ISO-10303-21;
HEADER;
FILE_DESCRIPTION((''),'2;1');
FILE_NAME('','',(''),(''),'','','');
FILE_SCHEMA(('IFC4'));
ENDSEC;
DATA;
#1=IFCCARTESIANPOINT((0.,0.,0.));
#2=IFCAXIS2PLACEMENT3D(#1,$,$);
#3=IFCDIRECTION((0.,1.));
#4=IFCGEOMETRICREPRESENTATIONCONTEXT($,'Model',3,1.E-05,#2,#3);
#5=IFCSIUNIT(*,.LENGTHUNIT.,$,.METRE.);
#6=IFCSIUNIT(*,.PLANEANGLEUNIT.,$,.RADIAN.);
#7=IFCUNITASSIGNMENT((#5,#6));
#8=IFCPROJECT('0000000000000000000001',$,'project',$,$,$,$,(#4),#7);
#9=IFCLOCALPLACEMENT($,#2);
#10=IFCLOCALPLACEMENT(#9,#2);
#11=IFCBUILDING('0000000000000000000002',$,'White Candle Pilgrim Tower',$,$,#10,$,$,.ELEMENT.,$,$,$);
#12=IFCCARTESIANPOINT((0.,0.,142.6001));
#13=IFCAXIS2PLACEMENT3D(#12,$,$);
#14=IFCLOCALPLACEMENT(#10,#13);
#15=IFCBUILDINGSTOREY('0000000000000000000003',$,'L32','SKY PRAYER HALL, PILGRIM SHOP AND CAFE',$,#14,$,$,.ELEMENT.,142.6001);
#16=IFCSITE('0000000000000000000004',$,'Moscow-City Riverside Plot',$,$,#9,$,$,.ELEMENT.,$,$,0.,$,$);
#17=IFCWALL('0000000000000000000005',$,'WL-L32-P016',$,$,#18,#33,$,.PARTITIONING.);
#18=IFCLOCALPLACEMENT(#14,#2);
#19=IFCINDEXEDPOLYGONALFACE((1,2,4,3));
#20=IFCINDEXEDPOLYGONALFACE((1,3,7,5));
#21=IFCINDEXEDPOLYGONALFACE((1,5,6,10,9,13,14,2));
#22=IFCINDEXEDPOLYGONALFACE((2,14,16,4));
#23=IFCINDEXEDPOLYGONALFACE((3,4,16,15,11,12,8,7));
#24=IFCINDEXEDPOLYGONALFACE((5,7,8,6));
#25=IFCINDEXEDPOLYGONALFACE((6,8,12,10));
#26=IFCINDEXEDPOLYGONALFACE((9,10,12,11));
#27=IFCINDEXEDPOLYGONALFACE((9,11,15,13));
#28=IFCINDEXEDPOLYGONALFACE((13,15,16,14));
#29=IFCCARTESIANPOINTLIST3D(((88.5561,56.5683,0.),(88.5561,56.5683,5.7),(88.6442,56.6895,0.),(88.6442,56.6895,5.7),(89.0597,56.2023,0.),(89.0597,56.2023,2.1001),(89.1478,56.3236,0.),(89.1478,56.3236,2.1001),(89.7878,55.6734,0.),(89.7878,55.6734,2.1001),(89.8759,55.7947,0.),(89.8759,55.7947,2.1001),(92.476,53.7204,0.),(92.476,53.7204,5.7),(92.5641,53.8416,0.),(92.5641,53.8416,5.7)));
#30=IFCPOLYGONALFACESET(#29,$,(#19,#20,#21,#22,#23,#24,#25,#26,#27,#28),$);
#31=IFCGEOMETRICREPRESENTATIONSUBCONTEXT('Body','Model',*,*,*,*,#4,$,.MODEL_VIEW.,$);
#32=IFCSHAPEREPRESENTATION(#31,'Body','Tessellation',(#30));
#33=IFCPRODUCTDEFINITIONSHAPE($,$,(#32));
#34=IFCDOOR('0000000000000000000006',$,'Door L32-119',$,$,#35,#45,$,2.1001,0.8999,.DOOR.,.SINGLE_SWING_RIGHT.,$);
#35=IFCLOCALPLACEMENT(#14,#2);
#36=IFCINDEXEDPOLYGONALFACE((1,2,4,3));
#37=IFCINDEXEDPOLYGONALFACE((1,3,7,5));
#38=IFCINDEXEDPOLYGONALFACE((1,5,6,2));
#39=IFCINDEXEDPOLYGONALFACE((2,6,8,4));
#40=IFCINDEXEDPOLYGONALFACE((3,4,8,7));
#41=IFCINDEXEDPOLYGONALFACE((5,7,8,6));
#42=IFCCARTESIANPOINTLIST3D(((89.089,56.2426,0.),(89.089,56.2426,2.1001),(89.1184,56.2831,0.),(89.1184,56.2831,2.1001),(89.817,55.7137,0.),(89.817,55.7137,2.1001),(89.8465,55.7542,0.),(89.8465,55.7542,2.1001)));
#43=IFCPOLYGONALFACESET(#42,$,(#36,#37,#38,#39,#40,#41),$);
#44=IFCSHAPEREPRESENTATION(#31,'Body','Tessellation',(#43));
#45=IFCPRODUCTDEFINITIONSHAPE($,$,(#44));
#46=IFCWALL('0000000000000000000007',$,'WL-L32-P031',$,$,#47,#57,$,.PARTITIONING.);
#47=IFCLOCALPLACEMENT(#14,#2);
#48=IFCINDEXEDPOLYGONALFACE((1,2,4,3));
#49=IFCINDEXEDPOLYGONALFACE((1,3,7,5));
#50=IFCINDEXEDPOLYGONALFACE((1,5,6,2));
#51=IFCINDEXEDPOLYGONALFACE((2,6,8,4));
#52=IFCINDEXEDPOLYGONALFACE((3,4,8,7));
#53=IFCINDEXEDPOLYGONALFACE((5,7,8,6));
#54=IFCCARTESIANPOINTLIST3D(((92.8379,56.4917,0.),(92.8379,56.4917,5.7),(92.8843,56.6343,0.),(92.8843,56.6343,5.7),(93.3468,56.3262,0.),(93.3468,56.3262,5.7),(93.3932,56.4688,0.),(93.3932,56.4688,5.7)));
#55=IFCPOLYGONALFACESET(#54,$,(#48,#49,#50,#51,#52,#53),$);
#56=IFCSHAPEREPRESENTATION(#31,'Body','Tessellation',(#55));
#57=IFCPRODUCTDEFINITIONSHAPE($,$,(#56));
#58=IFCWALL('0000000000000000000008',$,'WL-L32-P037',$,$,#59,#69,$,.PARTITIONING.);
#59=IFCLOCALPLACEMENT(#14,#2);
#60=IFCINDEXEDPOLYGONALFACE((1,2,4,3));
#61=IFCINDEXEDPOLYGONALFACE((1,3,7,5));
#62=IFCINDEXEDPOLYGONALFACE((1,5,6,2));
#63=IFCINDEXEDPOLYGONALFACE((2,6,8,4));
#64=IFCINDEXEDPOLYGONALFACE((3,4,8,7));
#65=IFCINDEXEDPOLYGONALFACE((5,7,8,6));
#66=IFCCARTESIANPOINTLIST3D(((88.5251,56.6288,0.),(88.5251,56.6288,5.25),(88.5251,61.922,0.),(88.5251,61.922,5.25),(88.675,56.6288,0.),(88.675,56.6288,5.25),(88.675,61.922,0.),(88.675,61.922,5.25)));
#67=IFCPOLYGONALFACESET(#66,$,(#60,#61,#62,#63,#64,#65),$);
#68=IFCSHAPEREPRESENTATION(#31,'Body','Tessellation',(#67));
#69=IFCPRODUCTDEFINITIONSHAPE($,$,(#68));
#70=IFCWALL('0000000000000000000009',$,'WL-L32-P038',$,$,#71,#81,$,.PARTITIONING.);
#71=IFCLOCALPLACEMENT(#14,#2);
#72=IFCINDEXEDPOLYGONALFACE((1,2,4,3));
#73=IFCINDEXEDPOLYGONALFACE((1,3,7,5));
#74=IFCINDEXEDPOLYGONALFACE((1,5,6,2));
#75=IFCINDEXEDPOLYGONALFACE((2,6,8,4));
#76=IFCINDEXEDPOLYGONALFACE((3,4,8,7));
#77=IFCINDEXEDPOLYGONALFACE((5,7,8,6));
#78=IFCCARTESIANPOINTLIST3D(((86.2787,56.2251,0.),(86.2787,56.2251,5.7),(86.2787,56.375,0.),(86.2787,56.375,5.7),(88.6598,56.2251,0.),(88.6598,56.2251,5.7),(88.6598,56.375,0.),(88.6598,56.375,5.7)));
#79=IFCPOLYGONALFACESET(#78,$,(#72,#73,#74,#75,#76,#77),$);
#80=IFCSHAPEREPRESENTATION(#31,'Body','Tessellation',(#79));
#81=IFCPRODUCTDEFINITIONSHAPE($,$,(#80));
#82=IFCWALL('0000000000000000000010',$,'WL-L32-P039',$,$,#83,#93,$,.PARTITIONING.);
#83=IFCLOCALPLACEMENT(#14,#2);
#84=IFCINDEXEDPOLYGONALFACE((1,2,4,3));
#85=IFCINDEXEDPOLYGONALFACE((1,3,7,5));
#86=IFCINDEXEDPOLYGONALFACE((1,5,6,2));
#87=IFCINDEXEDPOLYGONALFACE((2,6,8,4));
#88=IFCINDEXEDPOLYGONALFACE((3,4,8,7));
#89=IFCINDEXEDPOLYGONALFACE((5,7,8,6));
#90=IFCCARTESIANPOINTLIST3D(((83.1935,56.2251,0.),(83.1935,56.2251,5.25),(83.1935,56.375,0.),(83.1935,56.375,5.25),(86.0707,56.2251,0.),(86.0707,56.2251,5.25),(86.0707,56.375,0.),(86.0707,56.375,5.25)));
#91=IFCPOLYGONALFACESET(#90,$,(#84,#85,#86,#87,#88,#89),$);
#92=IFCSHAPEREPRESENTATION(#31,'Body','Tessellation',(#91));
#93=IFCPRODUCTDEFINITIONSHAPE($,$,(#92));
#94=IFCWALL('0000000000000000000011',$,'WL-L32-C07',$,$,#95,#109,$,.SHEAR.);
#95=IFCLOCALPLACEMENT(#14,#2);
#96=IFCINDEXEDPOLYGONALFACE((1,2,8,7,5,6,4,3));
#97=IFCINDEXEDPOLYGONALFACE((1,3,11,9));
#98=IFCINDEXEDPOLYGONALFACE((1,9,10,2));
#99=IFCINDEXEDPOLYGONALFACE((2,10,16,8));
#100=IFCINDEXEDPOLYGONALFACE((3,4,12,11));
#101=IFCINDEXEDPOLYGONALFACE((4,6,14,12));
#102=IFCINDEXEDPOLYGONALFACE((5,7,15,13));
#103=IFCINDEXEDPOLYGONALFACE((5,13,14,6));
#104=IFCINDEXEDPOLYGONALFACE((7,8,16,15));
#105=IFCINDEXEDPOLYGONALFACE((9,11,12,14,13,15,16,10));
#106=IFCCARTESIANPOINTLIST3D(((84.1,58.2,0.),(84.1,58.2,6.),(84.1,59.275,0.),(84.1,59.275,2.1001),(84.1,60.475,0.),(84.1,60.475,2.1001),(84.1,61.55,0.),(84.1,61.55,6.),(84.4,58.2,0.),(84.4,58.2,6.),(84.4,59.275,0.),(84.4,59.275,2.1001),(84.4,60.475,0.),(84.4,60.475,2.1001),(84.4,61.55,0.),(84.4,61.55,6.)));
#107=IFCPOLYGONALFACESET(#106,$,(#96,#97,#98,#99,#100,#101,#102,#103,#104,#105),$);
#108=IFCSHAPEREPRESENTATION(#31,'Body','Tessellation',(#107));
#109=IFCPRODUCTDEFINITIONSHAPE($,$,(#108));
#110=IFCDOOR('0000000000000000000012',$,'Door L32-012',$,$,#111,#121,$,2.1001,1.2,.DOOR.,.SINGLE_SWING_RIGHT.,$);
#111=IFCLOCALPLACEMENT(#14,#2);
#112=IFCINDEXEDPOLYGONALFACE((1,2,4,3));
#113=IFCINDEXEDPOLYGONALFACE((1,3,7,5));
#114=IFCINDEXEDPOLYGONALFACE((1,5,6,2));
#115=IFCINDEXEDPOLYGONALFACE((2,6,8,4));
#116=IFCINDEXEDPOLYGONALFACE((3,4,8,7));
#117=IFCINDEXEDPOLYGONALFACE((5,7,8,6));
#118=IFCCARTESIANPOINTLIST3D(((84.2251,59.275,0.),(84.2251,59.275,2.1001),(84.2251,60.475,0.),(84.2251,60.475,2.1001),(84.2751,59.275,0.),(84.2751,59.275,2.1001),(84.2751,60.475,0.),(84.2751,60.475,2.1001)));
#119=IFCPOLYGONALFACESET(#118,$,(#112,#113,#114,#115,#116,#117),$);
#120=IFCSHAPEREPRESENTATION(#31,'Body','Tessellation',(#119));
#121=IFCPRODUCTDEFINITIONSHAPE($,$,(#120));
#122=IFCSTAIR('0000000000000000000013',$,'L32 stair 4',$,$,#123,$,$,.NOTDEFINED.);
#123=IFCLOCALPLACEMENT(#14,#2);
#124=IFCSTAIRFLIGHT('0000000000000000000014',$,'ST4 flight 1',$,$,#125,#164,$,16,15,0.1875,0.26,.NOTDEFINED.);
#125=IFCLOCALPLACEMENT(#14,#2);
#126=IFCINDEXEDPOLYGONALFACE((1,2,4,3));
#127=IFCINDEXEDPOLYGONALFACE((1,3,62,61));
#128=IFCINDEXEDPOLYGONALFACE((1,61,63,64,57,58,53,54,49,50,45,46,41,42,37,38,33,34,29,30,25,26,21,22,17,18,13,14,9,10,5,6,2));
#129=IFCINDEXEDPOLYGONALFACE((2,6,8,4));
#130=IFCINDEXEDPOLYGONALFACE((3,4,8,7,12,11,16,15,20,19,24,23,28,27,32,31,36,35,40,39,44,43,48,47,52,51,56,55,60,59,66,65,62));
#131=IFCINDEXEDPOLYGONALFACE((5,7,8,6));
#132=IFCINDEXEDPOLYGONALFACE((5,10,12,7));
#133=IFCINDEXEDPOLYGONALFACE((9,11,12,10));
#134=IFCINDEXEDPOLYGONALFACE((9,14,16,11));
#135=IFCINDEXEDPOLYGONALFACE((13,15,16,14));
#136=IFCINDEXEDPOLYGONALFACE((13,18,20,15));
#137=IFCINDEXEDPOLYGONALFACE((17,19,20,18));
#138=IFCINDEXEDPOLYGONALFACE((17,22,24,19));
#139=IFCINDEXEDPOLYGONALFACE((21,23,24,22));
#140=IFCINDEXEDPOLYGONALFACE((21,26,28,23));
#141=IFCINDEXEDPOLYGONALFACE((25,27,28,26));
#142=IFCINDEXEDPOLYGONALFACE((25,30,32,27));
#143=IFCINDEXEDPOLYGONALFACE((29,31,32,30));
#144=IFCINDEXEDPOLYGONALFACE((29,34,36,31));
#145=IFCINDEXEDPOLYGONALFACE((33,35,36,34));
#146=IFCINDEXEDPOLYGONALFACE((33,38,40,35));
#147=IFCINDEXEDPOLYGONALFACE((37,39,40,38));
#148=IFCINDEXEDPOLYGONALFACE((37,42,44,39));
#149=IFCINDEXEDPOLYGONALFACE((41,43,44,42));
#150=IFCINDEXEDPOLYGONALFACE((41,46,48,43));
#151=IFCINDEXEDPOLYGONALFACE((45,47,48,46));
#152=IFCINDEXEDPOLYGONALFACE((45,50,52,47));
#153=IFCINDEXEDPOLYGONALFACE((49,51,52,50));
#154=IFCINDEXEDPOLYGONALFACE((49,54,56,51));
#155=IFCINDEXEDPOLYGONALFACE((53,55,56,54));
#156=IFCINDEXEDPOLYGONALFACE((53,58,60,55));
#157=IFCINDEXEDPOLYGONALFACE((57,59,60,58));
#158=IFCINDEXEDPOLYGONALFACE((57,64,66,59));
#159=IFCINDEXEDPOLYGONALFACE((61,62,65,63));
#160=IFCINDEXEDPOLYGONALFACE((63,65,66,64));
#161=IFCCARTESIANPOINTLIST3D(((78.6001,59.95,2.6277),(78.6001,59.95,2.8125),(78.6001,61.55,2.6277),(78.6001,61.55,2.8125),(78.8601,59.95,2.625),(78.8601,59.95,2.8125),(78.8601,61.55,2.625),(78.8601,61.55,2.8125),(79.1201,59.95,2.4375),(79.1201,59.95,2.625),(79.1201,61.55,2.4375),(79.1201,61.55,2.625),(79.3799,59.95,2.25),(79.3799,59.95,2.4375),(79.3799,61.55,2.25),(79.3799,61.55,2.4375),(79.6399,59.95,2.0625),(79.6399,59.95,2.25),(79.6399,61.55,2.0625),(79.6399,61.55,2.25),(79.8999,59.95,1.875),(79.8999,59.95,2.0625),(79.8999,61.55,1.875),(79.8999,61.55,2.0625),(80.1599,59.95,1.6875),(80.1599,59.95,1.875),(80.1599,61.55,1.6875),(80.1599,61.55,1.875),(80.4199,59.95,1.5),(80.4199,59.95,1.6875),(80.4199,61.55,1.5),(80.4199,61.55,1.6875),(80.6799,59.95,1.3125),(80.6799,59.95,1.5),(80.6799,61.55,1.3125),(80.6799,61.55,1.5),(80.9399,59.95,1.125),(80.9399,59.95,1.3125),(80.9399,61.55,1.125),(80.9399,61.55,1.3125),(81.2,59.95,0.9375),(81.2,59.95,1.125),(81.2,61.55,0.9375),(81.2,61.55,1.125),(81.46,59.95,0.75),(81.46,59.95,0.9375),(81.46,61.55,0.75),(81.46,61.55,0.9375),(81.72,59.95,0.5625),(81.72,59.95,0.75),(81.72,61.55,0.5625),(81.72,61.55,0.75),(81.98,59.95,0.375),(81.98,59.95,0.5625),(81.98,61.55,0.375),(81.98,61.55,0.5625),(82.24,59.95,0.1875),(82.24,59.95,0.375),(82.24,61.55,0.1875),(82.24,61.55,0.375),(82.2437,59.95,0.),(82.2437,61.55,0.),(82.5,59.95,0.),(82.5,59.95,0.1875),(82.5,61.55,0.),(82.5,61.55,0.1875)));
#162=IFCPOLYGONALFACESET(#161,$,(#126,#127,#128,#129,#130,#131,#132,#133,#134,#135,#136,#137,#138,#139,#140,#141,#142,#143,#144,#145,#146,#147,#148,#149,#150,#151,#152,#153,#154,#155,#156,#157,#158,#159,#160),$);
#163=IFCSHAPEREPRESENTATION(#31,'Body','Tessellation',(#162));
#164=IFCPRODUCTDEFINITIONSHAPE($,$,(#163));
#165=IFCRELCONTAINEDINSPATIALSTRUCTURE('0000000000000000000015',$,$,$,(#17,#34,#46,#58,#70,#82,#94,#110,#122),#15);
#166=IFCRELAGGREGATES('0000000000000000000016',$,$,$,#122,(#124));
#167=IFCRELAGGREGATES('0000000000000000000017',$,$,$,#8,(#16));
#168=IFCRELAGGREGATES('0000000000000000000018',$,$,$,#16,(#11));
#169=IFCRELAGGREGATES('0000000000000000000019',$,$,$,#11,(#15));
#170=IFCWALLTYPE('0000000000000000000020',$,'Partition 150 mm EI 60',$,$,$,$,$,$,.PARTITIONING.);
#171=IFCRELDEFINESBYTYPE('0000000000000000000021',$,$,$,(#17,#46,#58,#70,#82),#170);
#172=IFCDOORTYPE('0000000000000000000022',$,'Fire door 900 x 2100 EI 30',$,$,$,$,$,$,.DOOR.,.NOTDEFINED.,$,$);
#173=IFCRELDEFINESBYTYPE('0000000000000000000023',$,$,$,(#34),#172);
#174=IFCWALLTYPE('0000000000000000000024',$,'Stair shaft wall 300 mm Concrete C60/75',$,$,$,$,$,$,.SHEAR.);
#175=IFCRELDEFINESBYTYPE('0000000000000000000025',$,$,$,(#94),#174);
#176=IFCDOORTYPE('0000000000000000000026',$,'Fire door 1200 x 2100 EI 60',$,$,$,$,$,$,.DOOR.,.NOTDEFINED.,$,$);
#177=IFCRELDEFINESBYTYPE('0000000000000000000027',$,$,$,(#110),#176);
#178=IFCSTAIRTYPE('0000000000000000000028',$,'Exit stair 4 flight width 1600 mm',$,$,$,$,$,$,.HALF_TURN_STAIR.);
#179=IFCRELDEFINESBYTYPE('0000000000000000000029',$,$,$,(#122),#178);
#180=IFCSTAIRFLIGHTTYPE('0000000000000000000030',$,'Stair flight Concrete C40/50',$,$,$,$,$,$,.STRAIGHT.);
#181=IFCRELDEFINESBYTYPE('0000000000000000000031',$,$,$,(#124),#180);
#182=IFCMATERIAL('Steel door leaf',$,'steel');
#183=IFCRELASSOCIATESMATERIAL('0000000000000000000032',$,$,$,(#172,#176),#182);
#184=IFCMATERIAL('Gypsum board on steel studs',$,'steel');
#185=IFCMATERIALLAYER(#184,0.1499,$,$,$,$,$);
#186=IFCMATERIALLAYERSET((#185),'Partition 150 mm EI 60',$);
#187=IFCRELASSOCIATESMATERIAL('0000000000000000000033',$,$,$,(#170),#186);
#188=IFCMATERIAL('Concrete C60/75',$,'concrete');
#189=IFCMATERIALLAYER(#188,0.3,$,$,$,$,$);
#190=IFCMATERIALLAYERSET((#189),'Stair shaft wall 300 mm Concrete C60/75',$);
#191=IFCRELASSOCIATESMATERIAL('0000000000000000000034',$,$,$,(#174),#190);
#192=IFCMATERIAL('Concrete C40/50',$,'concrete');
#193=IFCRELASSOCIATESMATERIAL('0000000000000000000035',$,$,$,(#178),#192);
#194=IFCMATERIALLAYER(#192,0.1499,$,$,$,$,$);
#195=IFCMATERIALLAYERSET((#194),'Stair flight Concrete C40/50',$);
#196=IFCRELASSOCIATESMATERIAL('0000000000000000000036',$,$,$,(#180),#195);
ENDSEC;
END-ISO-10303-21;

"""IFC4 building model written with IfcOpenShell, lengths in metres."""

from ifc_helpers import new_model, si_unit, direction, frame, frame_2d, origin, place, context, subcontext, project, spatial, polyline, rectangle, outline, extrude, material, layer, layer_set, type_object, element, fill, aggregate, save


model = new_model("IFC4")

# Units and contexts
model_context = context("Model", 3, precision=1e-05, world=origin(), true_north=direction((0.0, 1.0)))
body_context = subcontext(model_context, "Body", "Model", "MODEL_VIEW")
ifc_project = project(units=[si_unit("LENGTHUNIT", "METRE"), si_unit("PLANEANGLEUNIT", "RADIAN")], contexts=[model_context])

# Site, building, storey
site_placement = place(None, origin())
site = spatial("IfcSite", under=ifc_project, at=site_placement, Name="Moscow-City Riverside Plot", CompositionType="ELEMENT", RefElevation=0.0)
building_placement = place(site_placement, origin())
building = spatial("IfcBuilding", under=site, at=building_placement, Name="White Candle Pilgrim Tower", CompositionType="ELEMENT")
storey_placement = place(building_placement, frame((0.0, 0.0, 142.6001)))
storey = spatial("IfcBuildingStorey", under=building, at=storey_placement, Name="L32", Description="SKY PRAYER HALL, PILGRIM SHOP AND CAFE", CompositionType="ELEMENT", Elevation=142.6001)

# Shared definitions
ifc_material_1 = material(Name="Concrete C60/75", Category="concrete")

# Shared definitions
ifc_material_2 = material(Name="Gypsum board on steel studs", Category="steel")
ifc_material_3 = material(Name="Steel door leaf", Category="steel")
door_type_1 = type_object("IfcDoorType", Name="Fire door 900 x 2100 EI 30", OperationType="NOTDEFINED", PredefinedType="DOOR", material=ifc_material_3)

# Wall, opening, door
ifc_layer_1 = layer(ifc_material_2, 0.1499)
ifc_layer_set_1 = layer_set([ifc_layer_1], Name="Partition 150 mm EI 60")
wall_type_1 = type_object("IfcWallType", Name="Partition 150 mm EI 60", PredefinedType="PARTITIONING", material=ifc_layer_set_1)
wall_1_placement = place(storey_placement, frame((92.52, 53.781, 0.0), z_axis=(0.0, 0.0, 1.0), x_axis=(-0.809026, 0.587773, 0.0)))
wall_1 = element("IfcWall", 1, at=wall_1_placement, inside=storey, type_object=wall_type_1, Name="WL-L32-P016", PredefinedType="PARTITIONING", context=body_context, shape_type="SweptSolid", body=[
    extrude(rectangle(XDim=4.8452, YDim=0.1499, at=frame_2d((2.4226, 0.0))), origin(), (0.0, 0.0, 1.0), 5.7),
])
opening_1_placement = place(wall_1_placement, frame((3.3228, 0.0, 0.0)))
opening_1 = element("IfcOpeningElement", 2, at=opening_1_placement, cuts=wall_1, PredefinedType="OPENING", context=body_context, shape_type="SweptSolid", body=[
    extrude(rectangle(XDim=0.8999, YDim=2.1001, at=frame_2d((0.45, 1.05))), frame((0.0, 0.085, 0.0), z_axis=(0.0, -1.0, 0.0), x_axis=(1.0, 0.0, 0.0)), (0.0, 0.0, 1.0), 0.1699),
])
door_1_placement = place(opening_1_placement, frame((0.8999, 0.0, 0.0), z_axis=(0.0, 0.0, 1.0), x_axis=(-1.0, 0.0, 0.0)))
door_1 = element("IfcDoor", 3, at=door_1_placement, inside=storey, type_object=door_type_1, Name="Door L32-119", OperationType="SINGLE_SWING_RIGHT", OverallHeight=2.1001, OverallWidth=0.8999, PredefinedType="DOOR", context=body_context, shape_type="SweptSolid", body=[
    extrude(rectangle(XDim=0.8999, YDim=2.1001, at=frame_2d((0.45, 1.05))), frame((0.0, 0.0249, 0.0), z_axis=(0.0, -1.0, 0.0), x_axis=(1.0, 0.0, 0.0)), (0.0, 0.0, 1.0), 0.05),
])
fill(opening_1, door_1)

# Walls
wall_2_placement = place(storey_placement, frame((92.8611, 56.563, 0.0), z_axis=(0.0, 0.0, 1.0), x_axis=(0.950984, -0.309241, 0.0)))
element("IfcWall", 4, at=wall_2_placement, inside=storey, type_object=wall_type_1, Name="WL-L32-P031", PredefinedType="PARTITIONING", context=body_context, shape_type="SweptSolid", body=[
    extrude(rectangle(XDim=0.5352, YDim=0.1499, at=frame_2d((0.2676, 0.0))), origin(), (0.0, 0.0, 1.0), 5.7),
])
wall_3_placement = place(storey_placement, frame((88.6001, 56.6289, 0.0), z_axis=(0.0, 0.0, 1.0), x_axis=(0.0, 1.0, 0.0)))
element("IfcWall", 5, at=wall_3_placement, inside=storey, type_object=wall_type_1, Name="WL-L32-P037", PredefinedType="PARTITIONING", context=body_context, shape_type="SweptSolid", body=[
    extrude(rectangle(XDim=5.2932, YDim=0.1499, at=frame_2d((2.6465, 0.0))), origin(), (0.0, 0.0, 1.0), 5.25),
])
wall_4_placement = place(storey_placement, frame((86.2788, 56.3, 0.0), z_axis=(0.0, 0.0, 1.0), x_axis=(1.0, 0.0, 0.0)))
element("IfcWall", 6, at=wall_4_placement, inside=storey, type_object=wall_type_1, Name="WL-L32-P038", PredefinedType="PARTITIONING", context=body_context, shape_type="SweptSolid", body=[
    extrude(rectangle(XDim=2.3811, YDim=0.1499, at=frame_2d((1.1904, 0.0))), origin(), (0.0, 0.0, 1.0), 5.7),
])
wall_5_placement = place(storey_placement, frame((83.1936, 56.3, 0.0), z_axis=(0.0, 0.0, 1.0), x_axis=(1.0, 0.0, 0.0)))
element("IfcWall", 7, at=wall_5_placement, inside=storey, type_object=wall_type_1, Name="WL-L32-P039", PredefinedType="PARTITIONING", context=body_context, shape_type="SweptSolid", body=[
    extrude(rectangle(XDim=2.8772, YDim=0.1499, at=frame_2d((1.4385, 0.0))), origin(), (0.0, 0.0, 1.0), 5.25),
])

# Wall, opening, door
ifc_layer_2 = layer(ifc_material_1, 0.3)
ifc_layer_set_2 = layer_set([ifc_layer_2], Name="Stair shaft wall 300 mm Concrete C60/75")
wall_type_2 = type_object("IfcWallType", Name="Stair shaft wall 300 mm Concrete C60/75", PredefinedType="SHEAR", material=ifc_layer_set_2)
wall_6_placement = place(storey_placement, frame((84.25, 58.2, 0.0), z_axis=(0.0, 0.0, 1.0), x_axis=(0.0, 1.0, 0.0)))
wall_6 = element("IfcWall", 8, at=wall_6_placement, inside=storey, type_object=wall_type_2, Name="WL-L32-C07", PredefinedType="SHEAR", context=body_context, shape_type="SweptSolid", body=[
    extrude(rectangle(XDim=3.3501, YDim=0.3, at=frame_2d((1.675, 0.0))), origin(), (0.0, 0.0, 1.0), 6.0),
])
opening_2_placement = place(wall_6_placement, frame((1.075, 0.0, 0.0)))
opening_2 = element("IfcOpeningElement", 9, at=opening_2_placement, cuts=wall_6, PredefinedType="OPENING", context=body_context, shape_type="SweptSolid", body=[
    extrude(rectangle(XDim=1.2, YDim=2.1001, at=frame_2d((0.6001, 1.05))), frame((0.0, 0.1599, 0.0), z_axis=(0.0, -1.0, 0.0), x_axis=(1.0, 0.0, 0.0)), (0.0, 0.0, 1.0), 0.3201),
])
door_type_2 = type_object("IfcDoorType", Name="Fire door 1200 x 2100 EI 60", OperationType="NOTDEFINED", PredefinedType="DOOR", material=ifc_material_3)
door_2_placement = place(opening_2_placement, origin())
door_2 = element("IfcDoor", 10, at=door_2_placement, inside=storey, type_object=door_type_2, Name="Door L32-012", OperationType="SINGLE_SWING_RIGHT", OverallHeight=2.1001, OverallWidth=1.2, PredefinedType="DOOR", context=body_context, shape_type="SweptSolid", body=[
    extrude(rectangle(XDim=1.2, YDim=2.1001, at=frame_2d((0.6001, 1.05))), frame((0.0, 0.0249, 0.0), z_axis=(0.0, -1.0, 0.0), x_axis=(1.0, 0.0, 0.0)), (0.0, 0.0, 1.0), 0.05),
])
fill(opening_2, door_2)

# Stair, stair flight
ifc_material_4 = material(Name="Concrete C40/50", Category="concrete")
stair_type = type_object("IfcStairType", Name="Exit stair 4 flight width 1600 mm", PredefinedType="HALF_TURN_STAIR", material=ifc_material_4)
stair_placement = place(storey_placement, origin())
stair = element("IfcStair", 11, at=stair_placement, inside=storey, type_object=stair_type, Name="L32 stair 4", PredefinedType="NOTDEFINED")
ifc_layer_3 = layer(ifc_material_4, 0.1499)
ifc_layer_set_3 = layer_set([ifc_layer_3], Name="Stair flight Concrete C40/50")
stair_flight_type = type_object("IfcStairFlightType", Name="Stair flight Concrete C40/50", PredefinedType="STRAIGHT", material=ifc_layer_set_3)
stair_flight_placement = place(storey_placement, frame((82.5, 60.75, 0.0), z_axis=(0.0, 0.0, 1.0), x_axis=(-1.0, 0.0, 0.0)))
stair_flight = element("IfcStairFlight", 12, at=stair_flight_placement, type_object=stair_flight_type, Name="ST4 flight 1", NumberOfRisers=16, NumberOfTreads=15, PredefinedType="NOTDEFINED", RiserHeight=0.1875, TreadLength=0.26, context=body_context, shape_type="SweptSolid", body=[
    extrude(outline(polyline([(0.0, 0.0), (0.0, 0.1875), (0.26, 0.1875), (0.26, 0.375), (0.52, 0.375), (0.52, 0.5625), (0.78, 0.5625), (0.78, 0.75), (1.04, 0.75), (1.04, 0.9375), (1.3, 0.9375), (1.3, 1.125), (1.5601, 1.125), (1.5601, 1.3125), (1.8201, 1.3125), (1.8201, 1.5), (2.0801, 1.5), (2.0801, 1.6875), (2.3401, 1.6875), (2.3401, 1.875), (2.6001, 1.875), (2.6001, 2.0625), (2.8601, 2.0625), (2.8601, 2.25), (3.1201, 2.25), (3.1201, 2.4375), (3.3799, 2.4375), (3.3799, 2.625), (3.6399, 2.625), (3.6399, 2.8125), (3.8999, 2.8125), (3.8999, 3.0), (3.8999, 2.6277), (0.2563, 0.0), (0.0, 0.0)])), frame((0.0, 0.8, 0.0), z_axis=(0.0, -1.0, 0.0), x_axis=(1.0, 0.0, 0.0)), (0.0, 0.0, 1.0), 1.6001),
])
aggregate(stair, [stair_flight])

save(model, "model.ifc")
